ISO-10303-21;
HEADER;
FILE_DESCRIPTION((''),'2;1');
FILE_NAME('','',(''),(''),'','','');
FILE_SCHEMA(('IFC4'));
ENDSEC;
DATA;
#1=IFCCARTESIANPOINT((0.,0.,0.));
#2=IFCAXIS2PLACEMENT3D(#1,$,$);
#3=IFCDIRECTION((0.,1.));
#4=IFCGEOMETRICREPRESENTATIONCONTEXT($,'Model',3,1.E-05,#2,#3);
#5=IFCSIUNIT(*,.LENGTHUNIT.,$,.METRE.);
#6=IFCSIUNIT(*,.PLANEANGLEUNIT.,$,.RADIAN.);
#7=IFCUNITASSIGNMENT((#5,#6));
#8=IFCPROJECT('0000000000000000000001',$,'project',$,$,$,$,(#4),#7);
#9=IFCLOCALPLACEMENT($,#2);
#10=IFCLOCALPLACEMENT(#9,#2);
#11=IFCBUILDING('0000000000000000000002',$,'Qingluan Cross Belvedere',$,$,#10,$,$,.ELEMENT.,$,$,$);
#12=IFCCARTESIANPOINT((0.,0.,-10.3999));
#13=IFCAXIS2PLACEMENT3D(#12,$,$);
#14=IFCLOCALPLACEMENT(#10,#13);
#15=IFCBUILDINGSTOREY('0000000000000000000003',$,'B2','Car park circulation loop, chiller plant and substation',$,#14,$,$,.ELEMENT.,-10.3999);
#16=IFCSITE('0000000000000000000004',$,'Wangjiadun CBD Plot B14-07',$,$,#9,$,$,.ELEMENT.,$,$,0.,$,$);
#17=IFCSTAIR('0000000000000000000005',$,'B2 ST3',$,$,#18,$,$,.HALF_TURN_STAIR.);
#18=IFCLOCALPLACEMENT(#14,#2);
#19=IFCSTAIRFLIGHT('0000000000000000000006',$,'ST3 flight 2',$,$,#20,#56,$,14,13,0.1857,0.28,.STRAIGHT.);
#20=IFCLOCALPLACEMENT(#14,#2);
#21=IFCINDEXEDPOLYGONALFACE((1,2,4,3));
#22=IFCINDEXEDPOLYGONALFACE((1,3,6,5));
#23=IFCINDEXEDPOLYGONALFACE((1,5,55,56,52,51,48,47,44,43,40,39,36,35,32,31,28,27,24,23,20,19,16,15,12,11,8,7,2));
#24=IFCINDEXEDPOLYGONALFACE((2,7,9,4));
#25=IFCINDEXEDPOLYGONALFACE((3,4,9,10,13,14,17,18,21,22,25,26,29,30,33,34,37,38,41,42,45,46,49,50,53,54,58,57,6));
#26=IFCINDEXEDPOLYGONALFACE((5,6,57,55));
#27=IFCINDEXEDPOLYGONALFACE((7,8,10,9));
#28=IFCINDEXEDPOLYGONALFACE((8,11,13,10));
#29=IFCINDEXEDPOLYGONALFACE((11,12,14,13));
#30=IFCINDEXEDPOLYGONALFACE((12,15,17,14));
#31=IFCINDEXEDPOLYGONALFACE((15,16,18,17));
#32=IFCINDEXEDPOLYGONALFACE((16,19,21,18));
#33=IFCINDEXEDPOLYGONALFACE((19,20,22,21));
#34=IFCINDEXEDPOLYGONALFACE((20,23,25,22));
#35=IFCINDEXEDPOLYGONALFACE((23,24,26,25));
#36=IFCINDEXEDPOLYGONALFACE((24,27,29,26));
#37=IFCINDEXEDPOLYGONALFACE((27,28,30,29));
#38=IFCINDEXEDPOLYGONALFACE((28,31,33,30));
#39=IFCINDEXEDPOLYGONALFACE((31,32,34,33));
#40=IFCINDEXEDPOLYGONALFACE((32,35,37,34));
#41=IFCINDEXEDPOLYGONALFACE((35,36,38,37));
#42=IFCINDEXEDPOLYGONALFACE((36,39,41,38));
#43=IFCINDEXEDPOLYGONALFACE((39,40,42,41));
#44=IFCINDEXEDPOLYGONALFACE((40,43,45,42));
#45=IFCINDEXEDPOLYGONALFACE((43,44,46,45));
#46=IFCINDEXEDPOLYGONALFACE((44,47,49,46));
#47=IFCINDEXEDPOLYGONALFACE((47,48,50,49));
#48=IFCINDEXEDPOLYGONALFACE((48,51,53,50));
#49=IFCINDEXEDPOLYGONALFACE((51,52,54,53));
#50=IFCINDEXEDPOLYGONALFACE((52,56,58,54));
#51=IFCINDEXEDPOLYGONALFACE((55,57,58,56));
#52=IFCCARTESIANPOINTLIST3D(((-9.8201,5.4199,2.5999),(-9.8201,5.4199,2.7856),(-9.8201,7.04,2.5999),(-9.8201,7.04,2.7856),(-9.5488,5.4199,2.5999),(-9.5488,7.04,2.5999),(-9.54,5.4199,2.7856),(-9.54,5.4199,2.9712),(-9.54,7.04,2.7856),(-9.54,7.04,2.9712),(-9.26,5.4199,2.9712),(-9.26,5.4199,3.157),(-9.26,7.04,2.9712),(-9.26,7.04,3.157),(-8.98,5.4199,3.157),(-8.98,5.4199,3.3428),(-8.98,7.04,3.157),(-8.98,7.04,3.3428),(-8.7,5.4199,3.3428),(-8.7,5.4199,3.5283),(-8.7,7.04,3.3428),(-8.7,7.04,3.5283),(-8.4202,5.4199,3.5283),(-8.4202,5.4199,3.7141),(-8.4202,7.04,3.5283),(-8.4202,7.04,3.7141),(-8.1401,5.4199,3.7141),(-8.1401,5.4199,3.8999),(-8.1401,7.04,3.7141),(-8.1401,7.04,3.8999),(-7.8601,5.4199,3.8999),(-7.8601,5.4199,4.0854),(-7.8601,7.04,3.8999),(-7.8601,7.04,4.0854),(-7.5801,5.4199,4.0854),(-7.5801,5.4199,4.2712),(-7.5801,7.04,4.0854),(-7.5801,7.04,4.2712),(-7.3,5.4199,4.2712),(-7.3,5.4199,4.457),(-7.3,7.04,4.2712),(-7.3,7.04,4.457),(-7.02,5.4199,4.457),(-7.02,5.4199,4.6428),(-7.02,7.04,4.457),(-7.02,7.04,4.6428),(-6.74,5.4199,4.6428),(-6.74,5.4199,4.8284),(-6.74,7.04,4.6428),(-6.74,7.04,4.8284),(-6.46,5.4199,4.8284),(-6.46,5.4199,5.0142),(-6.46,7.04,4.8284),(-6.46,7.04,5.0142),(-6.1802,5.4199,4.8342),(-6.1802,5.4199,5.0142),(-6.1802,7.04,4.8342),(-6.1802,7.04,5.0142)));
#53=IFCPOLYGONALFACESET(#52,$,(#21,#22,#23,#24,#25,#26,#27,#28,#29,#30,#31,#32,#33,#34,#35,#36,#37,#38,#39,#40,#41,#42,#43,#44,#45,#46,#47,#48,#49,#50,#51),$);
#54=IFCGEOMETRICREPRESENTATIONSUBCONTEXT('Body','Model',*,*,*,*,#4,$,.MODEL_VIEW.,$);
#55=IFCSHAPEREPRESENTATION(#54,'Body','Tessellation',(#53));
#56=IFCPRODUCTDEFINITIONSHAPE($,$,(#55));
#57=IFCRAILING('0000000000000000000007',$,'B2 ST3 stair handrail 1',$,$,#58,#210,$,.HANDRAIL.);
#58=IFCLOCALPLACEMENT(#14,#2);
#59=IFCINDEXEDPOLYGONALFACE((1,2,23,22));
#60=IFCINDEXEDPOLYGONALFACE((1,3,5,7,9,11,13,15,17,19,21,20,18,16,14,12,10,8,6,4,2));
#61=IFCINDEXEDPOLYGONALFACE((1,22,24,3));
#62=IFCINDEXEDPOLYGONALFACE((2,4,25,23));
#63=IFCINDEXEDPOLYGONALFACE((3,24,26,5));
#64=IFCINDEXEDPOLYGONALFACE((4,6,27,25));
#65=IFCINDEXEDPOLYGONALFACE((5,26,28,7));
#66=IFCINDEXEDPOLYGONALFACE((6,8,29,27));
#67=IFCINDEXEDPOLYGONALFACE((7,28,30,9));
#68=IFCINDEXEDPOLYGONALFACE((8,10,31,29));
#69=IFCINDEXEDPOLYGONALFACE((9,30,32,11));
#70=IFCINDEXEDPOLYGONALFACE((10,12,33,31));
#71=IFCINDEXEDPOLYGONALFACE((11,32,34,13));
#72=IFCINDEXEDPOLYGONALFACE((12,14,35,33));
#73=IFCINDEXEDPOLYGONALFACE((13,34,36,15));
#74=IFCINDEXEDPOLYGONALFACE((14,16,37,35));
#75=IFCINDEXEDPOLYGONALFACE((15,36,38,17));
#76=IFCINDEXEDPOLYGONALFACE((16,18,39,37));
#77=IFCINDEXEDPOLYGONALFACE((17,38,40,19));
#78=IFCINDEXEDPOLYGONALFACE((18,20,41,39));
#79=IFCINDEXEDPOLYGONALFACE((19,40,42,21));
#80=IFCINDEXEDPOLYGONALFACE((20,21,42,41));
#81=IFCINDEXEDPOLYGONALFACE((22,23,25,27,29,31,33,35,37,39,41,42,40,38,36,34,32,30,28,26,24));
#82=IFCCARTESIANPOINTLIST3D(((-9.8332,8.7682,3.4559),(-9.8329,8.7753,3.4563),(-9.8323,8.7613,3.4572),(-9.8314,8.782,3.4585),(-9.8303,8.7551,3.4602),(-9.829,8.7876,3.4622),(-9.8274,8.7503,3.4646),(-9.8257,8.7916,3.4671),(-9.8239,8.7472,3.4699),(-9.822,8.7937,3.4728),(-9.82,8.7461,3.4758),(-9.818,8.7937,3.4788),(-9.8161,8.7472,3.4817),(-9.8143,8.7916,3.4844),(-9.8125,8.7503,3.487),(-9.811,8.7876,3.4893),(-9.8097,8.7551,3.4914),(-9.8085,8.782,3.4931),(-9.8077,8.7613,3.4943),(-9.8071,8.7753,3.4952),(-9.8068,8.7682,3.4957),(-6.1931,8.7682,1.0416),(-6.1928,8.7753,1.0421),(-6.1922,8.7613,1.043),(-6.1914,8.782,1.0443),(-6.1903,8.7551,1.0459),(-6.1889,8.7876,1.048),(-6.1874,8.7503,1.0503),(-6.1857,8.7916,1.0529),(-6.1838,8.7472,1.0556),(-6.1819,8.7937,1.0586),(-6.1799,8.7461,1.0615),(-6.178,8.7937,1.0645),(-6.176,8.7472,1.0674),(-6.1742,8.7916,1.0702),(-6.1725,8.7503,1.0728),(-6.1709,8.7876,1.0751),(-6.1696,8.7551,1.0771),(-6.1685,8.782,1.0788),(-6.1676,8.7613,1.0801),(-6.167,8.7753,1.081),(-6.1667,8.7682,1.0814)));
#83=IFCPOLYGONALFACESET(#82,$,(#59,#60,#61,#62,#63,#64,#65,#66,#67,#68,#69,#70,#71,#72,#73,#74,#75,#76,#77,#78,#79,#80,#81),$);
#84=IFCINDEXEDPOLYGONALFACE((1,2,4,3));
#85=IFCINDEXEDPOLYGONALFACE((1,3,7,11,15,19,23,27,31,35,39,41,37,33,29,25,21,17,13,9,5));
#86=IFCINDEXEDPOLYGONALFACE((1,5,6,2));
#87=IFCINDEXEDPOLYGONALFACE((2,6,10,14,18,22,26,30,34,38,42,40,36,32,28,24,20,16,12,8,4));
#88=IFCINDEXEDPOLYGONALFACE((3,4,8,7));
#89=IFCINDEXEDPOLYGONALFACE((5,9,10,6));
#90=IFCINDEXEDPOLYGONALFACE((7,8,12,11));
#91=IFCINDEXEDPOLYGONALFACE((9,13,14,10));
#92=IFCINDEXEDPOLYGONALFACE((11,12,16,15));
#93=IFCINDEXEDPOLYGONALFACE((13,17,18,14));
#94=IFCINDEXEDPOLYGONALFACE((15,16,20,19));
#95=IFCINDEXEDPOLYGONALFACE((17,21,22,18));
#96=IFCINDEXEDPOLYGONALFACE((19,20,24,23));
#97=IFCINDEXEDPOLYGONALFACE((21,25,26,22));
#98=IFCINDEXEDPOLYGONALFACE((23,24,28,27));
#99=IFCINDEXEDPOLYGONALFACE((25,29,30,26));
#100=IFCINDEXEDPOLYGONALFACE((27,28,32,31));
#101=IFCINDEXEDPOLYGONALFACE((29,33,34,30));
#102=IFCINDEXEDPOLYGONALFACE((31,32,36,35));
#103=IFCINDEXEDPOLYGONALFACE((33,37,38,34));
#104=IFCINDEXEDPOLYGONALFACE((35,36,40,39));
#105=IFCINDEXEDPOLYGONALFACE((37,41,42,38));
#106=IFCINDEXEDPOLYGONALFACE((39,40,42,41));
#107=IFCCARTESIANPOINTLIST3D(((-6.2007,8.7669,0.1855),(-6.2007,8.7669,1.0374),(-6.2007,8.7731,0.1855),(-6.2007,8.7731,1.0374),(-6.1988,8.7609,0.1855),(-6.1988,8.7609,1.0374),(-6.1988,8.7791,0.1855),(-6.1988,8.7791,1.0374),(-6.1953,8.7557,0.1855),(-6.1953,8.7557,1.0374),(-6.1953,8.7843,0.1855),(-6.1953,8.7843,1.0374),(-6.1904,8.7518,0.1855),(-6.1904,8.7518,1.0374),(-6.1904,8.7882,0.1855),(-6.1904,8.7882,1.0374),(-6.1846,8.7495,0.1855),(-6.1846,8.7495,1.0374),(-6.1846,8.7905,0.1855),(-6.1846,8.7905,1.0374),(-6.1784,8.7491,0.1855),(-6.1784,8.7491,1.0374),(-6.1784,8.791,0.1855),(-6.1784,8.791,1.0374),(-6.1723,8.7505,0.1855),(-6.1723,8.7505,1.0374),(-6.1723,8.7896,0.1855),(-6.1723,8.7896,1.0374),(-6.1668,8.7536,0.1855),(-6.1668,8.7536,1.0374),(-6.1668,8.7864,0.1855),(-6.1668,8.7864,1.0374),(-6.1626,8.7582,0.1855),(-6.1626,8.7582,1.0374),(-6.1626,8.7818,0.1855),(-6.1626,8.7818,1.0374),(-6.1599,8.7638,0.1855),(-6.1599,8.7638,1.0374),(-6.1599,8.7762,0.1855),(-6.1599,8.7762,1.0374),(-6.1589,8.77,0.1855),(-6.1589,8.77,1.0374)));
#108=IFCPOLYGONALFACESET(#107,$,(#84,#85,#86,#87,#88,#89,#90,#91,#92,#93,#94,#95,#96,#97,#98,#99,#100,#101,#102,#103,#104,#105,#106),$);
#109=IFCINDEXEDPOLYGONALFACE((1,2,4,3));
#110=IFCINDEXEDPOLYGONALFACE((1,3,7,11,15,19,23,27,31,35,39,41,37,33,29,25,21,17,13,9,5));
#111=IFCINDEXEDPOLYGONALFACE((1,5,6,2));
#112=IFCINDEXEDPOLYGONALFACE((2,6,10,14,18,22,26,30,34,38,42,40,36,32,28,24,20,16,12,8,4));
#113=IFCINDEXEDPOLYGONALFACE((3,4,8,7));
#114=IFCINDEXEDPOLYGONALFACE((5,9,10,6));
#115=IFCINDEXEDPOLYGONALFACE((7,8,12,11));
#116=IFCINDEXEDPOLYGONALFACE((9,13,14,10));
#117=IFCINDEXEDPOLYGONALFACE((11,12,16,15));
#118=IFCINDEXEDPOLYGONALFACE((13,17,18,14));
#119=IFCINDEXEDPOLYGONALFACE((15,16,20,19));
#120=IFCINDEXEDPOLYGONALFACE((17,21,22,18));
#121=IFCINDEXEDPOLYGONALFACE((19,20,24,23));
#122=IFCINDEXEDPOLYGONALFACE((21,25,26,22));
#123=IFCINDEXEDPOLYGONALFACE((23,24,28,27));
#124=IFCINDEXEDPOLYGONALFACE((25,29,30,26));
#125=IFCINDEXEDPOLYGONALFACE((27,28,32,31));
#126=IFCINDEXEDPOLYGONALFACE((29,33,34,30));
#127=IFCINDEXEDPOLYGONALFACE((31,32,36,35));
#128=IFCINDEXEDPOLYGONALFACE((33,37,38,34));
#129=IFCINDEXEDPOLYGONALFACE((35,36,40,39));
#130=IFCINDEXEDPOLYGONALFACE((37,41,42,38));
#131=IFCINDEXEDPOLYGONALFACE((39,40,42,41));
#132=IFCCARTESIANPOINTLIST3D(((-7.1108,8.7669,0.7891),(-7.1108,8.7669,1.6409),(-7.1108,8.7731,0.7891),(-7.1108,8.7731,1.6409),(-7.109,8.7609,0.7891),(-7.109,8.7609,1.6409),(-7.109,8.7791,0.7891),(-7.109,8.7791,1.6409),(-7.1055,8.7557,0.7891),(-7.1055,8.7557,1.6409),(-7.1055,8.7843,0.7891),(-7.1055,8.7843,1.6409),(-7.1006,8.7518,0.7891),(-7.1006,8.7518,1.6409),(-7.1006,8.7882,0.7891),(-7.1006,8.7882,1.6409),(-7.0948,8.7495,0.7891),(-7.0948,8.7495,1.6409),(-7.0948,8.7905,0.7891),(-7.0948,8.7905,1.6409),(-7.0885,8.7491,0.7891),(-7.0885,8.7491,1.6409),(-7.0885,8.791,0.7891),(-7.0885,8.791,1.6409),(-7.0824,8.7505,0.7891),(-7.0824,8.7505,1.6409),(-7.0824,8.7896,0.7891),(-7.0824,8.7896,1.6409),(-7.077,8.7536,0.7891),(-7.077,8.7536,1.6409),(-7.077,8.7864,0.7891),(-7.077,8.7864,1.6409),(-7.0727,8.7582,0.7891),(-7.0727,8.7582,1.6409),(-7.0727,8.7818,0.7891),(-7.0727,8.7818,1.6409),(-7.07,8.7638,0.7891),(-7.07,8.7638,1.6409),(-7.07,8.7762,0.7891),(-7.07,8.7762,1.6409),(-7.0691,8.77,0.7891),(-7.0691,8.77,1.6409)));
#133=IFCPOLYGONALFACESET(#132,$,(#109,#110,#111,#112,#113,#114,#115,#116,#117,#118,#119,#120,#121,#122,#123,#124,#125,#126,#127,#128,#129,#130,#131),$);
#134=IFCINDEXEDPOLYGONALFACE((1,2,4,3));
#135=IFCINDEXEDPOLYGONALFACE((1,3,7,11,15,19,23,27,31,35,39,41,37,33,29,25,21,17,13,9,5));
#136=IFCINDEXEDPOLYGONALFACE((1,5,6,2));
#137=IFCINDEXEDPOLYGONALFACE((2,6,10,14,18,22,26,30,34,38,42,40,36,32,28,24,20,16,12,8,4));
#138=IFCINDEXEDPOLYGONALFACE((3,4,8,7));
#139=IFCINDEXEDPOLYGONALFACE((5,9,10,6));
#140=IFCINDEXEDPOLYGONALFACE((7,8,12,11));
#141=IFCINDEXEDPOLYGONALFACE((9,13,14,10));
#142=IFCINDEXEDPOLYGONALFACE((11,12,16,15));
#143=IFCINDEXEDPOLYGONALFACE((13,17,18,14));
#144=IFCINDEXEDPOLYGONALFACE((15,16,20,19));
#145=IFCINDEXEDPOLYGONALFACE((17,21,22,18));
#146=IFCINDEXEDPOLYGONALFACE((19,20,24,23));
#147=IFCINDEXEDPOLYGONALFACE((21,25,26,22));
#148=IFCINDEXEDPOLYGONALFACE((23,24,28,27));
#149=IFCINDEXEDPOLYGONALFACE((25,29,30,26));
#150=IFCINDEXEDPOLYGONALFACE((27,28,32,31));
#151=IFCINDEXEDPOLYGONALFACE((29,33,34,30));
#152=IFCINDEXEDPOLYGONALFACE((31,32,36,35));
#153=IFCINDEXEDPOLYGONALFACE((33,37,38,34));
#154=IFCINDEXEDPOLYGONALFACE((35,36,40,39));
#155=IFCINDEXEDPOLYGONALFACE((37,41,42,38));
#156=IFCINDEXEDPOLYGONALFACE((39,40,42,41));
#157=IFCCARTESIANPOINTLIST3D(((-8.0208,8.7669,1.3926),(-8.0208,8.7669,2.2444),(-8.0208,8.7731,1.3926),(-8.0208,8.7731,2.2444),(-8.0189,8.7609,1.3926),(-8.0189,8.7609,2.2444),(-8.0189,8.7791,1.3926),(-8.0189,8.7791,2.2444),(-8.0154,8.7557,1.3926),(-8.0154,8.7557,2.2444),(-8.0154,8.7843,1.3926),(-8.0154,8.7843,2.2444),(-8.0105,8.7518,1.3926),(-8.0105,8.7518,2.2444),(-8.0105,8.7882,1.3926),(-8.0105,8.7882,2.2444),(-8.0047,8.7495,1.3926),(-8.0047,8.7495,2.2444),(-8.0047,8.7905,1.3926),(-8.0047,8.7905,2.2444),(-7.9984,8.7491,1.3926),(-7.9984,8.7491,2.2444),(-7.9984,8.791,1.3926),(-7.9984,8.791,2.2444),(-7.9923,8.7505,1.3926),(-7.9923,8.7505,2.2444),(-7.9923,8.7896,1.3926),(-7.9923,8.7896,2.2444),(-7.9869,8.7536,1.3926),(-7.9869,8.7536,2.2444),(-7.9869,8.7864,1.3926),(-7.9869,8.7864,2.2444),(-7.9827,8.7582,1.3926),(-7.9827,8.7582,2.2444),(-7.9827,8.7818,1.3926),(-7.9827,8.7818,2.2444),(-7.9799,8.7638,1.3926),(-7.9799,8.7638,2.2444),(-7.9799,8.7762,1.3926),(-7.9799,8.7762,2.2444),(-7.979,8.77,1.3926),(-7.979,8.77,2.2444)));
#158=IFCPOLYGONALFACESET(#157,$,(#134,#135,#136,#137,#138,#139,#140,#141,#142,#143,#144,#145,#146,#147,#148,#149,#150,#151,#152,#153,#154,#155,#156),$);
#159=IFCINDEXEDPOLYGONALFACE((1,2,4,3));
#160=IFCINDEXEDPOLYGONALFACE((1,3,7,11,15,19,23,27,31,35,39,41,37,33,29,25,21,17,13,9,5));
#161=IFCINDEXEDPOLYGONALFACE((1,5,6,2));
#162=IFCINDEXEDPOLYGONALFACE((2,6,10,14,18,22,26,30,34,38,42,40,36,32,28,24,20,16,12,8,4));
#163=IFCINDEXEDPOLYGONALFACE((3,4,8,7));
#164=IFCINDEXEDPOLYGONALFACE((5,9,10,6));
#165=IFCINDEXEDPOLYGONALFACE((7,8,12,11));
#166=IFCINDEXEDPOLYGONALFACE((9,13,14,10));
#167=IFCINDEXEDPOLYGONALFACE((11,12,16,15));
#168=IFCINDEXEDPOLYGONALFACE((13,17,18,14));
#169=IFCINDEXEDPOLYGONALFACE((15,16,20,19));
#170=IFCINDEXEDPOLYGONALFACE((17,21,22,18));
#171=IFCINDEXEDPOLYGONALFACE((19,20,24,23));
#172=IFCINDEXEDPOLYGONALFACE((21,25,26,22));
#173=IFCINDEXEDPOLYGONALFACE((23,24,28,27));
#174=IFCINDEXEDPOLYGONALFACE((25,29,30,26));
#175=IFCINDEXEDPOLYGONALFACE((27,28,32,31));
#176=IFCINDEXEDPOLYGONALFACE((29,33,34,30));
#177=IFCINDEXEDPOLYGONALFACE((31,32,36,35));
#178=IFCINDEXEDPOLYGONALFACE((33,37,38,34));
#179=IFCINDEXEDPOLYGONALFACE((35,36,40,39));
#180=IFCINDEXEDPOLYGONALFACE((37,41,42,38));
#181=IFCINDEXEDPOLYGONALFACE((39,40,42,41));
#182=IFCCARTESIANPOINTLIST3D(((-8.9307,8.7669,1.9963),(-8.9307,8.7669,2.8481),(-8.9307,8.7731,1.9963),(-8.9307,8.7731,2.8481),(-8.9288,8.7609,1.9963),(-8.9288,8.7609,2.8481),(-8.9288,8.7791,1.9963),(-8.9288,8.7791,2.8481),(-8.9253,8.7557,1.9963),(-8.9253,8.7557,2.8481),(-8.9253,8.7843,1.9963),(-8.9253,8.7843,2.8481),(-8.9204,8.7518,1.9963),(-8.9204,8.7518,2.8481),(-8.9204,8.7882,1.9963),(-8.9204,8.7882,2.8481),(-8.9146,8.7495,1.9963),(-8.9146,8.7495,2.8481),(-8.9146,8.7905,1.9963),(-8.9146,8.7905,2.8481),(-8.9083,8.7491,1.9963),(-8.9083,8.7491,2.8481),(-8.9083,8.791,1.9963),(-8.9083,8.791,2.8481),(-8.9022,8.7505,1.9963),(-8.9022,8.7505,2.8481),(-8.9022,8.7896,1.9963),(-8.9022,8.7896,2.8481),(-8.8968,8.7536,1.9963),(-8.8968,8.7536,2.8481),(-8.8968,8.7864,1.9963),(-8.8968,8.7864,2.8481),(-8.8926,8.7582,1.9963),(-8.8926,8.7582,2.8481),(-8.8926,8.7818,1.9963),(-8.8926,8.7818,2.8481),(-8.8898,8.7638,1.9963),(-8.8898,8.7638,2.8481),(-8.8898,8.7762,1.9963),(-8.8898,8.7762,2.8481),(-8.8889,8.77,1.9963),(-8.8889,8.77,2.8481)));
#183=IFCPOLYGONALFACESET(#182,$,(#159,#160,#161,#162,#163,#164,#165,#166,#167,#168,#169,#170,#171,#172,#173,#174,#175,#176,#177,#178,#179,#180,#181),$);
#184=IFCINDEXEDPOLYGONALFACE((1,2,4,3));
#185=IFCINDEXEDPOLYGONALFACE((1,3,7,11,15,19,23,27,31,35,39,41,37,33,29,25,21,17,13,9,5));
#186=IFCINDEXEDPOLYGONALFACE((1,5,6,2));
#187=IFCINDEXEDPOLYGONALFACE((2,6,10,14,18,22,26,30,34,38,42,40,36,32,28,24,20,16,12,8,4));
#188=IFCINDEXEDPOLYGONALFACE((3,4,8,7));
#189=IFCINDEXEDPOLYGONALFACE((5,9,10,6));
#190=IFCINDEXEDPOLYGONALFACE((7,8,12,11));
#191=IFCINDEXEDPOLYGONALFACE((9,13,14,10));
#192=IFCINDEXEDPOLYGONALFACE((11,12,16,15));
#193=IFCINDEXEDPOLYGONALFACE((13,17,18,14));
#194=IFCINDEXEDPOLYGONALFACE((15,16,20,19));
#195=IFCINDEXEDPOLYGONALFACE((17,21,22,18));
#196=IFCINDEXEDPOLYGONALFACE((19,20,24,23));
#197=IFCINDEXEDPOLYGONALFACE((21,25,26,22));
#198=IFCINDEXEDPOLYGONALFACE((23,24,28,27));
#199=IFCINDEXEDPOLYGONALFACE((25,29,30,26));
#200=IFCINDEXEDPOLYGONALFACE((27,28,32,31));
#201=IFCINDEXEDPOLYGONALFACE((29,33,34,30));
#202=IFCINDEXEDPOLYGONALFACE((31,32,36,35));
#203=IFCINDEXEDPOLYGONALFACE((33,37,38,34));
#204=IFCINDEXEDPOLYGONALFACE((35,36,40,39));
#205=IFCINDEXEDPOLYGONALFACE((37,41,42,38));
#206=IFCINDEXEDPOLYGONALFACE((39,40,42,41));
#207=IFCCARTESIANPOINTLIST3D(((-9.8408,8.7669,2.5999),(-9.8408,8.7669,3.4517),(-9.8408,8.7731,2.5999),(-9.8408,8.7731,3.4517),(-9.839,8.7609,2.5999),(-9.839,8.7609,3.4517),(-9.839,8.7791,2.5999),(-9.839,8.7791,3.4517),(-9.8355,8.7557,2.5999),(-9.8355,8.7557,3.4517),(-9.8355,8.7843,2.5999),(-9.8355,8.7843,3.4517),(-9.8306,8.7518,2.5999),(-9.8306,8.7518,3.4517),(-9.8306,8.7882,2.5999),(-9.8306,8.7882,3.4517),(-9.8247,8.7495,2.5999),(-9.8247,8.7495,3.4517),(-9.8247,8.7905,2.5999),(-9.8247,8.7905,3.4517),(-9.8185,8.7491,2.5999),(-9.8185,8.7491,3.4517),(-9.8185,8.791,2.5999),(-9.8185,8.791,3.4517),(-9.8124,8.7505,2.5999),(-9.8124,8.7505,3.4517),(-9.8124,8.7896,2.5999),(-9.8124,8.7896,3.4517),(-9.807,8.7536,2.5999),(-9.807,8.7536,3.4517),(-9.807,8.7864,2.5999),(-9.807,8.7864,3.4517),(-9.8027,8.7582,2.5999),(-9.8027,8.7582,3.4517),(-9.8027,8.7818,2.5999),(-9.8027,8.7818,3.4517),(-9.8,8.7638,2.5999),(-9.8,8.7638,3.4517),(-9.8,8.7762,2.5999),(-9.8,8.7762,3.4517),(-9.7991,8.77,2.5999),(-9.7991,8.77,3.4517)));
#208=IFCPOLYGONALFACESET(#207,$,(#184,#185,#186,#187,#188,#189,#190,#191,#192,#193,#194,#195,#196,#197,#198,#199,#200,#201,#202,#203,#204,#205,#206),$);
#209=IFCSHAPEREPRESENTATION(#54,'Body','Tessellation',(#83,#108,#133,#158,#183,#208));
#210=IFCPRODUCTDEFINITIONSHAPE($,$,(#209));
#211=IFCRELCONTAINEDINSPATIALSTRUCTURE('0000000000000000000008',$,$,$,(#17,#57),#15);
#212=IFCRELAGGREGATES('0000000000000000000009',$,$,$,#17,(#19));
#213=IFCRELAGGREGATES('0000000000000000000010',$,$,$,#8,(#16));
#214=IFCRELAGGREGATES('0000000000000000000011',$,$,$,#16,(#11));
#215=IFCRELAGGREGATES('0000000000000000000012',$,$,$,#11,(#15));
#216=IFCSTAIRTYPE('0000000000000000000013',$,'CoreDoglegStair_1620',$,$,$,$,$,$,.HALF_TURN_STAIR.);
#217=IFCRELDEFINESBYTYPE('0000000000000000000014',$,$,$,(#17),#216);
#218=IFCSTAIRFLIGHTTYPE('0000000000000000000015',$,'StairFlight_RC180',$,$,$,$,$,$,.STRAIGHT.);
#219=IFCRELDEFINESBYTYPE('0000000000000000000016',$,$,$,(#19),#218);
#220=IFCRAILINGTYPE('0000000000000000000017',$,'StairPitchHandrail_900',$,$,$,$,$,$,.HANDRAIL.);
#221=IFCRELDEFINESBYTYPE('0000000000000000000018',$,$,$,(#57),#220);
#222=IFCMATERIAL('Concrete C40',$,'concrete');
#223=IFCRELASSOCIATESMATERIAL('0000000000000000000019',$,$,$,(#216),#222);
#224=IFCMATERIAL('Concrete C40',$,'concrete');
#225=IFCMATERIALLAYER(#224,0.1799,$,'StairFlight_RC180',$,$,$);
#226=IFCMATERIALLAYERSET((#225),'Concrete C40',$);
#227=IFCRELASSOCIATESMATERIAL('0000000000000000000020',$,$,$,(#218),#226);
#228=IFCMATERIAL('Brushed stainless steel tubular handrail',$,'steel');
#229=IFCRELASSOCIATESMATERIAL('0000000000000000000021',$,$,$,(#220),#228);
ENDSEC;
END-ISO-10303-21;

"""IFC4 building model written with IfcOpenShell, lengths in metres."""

from ifc_helpers import new_model, si_unit, direction, frame, origin, origin_2d, place, context, subcontext, project, spatial, polyline, circle, outline, extrude, material, layer, layer_set, type_object, element, aggregate, save


model = new_model("IFC4")

# Units and contexts
model_context = context("Model", 3, precision=1e-05, world=origin(), true_north=direction((0.0, 1.0)))
body_context = subcontext(model_context, "Body", "Model", "MODEL_VIEW")
ifc_project = project(units=[si_unit("LENGTHUNIT", "METRE"), si_unit("PLANEANGLEUNIT", "RADIAN")], contexts=[model_context])

# Site, building, storey
site_placement = place(None, origin())
site = spatial("IfcSite", under=ifc_project, at=site_placement, Name="Wangjiadun CBD Plot B14-07", CompositionType="ELEMENT", RefElevation=0.0)
building_placement = place(site_placement, origin())
building = spatial("IfcBuilding", under=site, at=building_placement, Name="Qingluan Cross Belvedere", CompositionType="ELEMENT")
storey_placement = place(building_placement, frame((0.0, 0.0, -10.3999)))
storey = spatial("IfcBuildingStorey", under=building, at=storey_placement, Name="B2", Description="Car park circulation loop, chiller plant and substation", CompositionType="ELEMENT", Elevation=-10.3999)

# Stair, stair flight
ifc_material_1 = material(Name="Concrete C40", Category="concrete")
stair_type = type_object("IfcStairType", Name="CoreDoglegStair_1620", PredefinedType="HALF_TURN_STAIR", material=ifc_material_1)
stair_placement = place(storey_placement, origin())
stair = element("IfcStair", 1, at=stair_placement, inside=storey, type_object=stair_type, Name="B2 ST3", PredefinedType="HALF_TURN_STAIR")
ifc_material_2 = material(Name="Concrete C40", Category="concrete")
ifc_layer_1 = layer(ifc_material_2, 0.1799, Name="StairFlight_RC180")
ifc_layer_set_1 = layer_set([ifc_layer_1], Name="Concrete C40")
stair_flight_type = type_object("IfcStairFlightType", Name="StairFlight_RC180", PredefinedType="STRAIGHT", material=ifc_layer_set_1)
stair_flight_1_placement = place(storey_placement, frame((-9.8201, 6.23, 2.5999), z_axis=(0.0, 0.0, 1.0), x_axis=(1.0, 0.0, 0.0)))
stair_flight_1 = element("IfcStairFlight", 2, at=stair_flight_1_placement, type_object=stair_flight_type, Name="ST3 flight 2", NumberOfRisers=14, NumberOfTreads=13, PredefinedType="STRAIGHT", RiserHeight=0.1857, TreadLength=0.28, context=body_context, shape_type="SweptSolid", body=[
    extrude(outline(polyline([(0.0, 0.0), (0.0, 0.1858), (0.28, 0.1858), (0.28, 0.3713), (0.5601, 0.3713), (0.5601, 0.5571), (0.8401, 0.5571), (0.8401, 0.7429), (1.1201, 0.7429), (1.1201, 0.9285), (1.3999, 0.9285), (1.3999, 1.1143), (1.6799, 1.1143), (1.6799, 1.3), (1.96, 1.3), (1.96, 1.4856), (2.24, 1.4856), (2.24, 1.6714), (2.52, 1.6714), (2.52, 1.8572), (2.8, 1.8572), (2.8, 2.043), (3.0801, 2.043), (3.0801, 2.2285), (3.3601, 2.2285), (3.3601, 2.4143), (3.6399, 2.4143), (3.6399, 2.6001), (3.6399, 2.2344), (0.2712, 0.0), (0.0, 0.0)])), frame((0.0, 0.8101, 0.0), z_axis=(0.0, -1.0, 0.0), x_axis=(1.0, 0.0, 0.0)), (0.0, 0.0, 1.0), 1.6201),
])
aggregate(stair, [stair_flight_1])

# Railing
ifc_material_3 = material(Name="Brushed stainless steel tubular handrail", Category="steel")
railing_type_1 = type_object("IfcRailingType", Name="StairPitchHandrail_900", PredefinedType="HANDRAIL", material=ifc_material_3)
railing_1_placement = place(storey_placement, frame((-6.1799, 8.77, 0.1855)))
element("IfcRailing", 3, at=railing_1_placement, inside=storey, type_object=railing_type_1, Name="B2 ST3 stair handrail 1", PredefinedType="HANDRAIL", context=body_context, shape_type="SweptSolid", body=[
    extrude(circle(Radius=0.0239, at=origin_2d()), frame((0.0, 0.0, 0.876), z_axis=(-0.833364, 0.0, 0.552725), x_axis=(0.0, -1.0, 0.0)), (0.0, 0.0, 1.0), 4.3679),
    extrude(circle(Radius=0.021, at=origin_2d()), origin(), (0.0, 0.0, 1.0), 0.8518),
    extrude(circle(Radius=0.021, at=origin_2d()), frame((-0.9102, 0.0, 0.6035)), (0.0, 0.0, 1.0), 0.8518),
    extrude(circle(Radius=0.021, at=origin_2d()), frame((-1.8201, 0.0, 1.207)), (0.0, 0.0, 1.0), 0.8518),
    extrude(circle(Radius=0.021, at=origin_2d()), frame((-2.73, 0.0, 1.8108)), (0.0, 0.0, 1.0), 0.8518),
    extrude(circle(Radius=0.021, at=origin_2d()), frame((-3.6401, 0.0, 2.4143)), (0.0, 0.0, 1.0), 0.8518),
])

save(model, "model.ifc")
